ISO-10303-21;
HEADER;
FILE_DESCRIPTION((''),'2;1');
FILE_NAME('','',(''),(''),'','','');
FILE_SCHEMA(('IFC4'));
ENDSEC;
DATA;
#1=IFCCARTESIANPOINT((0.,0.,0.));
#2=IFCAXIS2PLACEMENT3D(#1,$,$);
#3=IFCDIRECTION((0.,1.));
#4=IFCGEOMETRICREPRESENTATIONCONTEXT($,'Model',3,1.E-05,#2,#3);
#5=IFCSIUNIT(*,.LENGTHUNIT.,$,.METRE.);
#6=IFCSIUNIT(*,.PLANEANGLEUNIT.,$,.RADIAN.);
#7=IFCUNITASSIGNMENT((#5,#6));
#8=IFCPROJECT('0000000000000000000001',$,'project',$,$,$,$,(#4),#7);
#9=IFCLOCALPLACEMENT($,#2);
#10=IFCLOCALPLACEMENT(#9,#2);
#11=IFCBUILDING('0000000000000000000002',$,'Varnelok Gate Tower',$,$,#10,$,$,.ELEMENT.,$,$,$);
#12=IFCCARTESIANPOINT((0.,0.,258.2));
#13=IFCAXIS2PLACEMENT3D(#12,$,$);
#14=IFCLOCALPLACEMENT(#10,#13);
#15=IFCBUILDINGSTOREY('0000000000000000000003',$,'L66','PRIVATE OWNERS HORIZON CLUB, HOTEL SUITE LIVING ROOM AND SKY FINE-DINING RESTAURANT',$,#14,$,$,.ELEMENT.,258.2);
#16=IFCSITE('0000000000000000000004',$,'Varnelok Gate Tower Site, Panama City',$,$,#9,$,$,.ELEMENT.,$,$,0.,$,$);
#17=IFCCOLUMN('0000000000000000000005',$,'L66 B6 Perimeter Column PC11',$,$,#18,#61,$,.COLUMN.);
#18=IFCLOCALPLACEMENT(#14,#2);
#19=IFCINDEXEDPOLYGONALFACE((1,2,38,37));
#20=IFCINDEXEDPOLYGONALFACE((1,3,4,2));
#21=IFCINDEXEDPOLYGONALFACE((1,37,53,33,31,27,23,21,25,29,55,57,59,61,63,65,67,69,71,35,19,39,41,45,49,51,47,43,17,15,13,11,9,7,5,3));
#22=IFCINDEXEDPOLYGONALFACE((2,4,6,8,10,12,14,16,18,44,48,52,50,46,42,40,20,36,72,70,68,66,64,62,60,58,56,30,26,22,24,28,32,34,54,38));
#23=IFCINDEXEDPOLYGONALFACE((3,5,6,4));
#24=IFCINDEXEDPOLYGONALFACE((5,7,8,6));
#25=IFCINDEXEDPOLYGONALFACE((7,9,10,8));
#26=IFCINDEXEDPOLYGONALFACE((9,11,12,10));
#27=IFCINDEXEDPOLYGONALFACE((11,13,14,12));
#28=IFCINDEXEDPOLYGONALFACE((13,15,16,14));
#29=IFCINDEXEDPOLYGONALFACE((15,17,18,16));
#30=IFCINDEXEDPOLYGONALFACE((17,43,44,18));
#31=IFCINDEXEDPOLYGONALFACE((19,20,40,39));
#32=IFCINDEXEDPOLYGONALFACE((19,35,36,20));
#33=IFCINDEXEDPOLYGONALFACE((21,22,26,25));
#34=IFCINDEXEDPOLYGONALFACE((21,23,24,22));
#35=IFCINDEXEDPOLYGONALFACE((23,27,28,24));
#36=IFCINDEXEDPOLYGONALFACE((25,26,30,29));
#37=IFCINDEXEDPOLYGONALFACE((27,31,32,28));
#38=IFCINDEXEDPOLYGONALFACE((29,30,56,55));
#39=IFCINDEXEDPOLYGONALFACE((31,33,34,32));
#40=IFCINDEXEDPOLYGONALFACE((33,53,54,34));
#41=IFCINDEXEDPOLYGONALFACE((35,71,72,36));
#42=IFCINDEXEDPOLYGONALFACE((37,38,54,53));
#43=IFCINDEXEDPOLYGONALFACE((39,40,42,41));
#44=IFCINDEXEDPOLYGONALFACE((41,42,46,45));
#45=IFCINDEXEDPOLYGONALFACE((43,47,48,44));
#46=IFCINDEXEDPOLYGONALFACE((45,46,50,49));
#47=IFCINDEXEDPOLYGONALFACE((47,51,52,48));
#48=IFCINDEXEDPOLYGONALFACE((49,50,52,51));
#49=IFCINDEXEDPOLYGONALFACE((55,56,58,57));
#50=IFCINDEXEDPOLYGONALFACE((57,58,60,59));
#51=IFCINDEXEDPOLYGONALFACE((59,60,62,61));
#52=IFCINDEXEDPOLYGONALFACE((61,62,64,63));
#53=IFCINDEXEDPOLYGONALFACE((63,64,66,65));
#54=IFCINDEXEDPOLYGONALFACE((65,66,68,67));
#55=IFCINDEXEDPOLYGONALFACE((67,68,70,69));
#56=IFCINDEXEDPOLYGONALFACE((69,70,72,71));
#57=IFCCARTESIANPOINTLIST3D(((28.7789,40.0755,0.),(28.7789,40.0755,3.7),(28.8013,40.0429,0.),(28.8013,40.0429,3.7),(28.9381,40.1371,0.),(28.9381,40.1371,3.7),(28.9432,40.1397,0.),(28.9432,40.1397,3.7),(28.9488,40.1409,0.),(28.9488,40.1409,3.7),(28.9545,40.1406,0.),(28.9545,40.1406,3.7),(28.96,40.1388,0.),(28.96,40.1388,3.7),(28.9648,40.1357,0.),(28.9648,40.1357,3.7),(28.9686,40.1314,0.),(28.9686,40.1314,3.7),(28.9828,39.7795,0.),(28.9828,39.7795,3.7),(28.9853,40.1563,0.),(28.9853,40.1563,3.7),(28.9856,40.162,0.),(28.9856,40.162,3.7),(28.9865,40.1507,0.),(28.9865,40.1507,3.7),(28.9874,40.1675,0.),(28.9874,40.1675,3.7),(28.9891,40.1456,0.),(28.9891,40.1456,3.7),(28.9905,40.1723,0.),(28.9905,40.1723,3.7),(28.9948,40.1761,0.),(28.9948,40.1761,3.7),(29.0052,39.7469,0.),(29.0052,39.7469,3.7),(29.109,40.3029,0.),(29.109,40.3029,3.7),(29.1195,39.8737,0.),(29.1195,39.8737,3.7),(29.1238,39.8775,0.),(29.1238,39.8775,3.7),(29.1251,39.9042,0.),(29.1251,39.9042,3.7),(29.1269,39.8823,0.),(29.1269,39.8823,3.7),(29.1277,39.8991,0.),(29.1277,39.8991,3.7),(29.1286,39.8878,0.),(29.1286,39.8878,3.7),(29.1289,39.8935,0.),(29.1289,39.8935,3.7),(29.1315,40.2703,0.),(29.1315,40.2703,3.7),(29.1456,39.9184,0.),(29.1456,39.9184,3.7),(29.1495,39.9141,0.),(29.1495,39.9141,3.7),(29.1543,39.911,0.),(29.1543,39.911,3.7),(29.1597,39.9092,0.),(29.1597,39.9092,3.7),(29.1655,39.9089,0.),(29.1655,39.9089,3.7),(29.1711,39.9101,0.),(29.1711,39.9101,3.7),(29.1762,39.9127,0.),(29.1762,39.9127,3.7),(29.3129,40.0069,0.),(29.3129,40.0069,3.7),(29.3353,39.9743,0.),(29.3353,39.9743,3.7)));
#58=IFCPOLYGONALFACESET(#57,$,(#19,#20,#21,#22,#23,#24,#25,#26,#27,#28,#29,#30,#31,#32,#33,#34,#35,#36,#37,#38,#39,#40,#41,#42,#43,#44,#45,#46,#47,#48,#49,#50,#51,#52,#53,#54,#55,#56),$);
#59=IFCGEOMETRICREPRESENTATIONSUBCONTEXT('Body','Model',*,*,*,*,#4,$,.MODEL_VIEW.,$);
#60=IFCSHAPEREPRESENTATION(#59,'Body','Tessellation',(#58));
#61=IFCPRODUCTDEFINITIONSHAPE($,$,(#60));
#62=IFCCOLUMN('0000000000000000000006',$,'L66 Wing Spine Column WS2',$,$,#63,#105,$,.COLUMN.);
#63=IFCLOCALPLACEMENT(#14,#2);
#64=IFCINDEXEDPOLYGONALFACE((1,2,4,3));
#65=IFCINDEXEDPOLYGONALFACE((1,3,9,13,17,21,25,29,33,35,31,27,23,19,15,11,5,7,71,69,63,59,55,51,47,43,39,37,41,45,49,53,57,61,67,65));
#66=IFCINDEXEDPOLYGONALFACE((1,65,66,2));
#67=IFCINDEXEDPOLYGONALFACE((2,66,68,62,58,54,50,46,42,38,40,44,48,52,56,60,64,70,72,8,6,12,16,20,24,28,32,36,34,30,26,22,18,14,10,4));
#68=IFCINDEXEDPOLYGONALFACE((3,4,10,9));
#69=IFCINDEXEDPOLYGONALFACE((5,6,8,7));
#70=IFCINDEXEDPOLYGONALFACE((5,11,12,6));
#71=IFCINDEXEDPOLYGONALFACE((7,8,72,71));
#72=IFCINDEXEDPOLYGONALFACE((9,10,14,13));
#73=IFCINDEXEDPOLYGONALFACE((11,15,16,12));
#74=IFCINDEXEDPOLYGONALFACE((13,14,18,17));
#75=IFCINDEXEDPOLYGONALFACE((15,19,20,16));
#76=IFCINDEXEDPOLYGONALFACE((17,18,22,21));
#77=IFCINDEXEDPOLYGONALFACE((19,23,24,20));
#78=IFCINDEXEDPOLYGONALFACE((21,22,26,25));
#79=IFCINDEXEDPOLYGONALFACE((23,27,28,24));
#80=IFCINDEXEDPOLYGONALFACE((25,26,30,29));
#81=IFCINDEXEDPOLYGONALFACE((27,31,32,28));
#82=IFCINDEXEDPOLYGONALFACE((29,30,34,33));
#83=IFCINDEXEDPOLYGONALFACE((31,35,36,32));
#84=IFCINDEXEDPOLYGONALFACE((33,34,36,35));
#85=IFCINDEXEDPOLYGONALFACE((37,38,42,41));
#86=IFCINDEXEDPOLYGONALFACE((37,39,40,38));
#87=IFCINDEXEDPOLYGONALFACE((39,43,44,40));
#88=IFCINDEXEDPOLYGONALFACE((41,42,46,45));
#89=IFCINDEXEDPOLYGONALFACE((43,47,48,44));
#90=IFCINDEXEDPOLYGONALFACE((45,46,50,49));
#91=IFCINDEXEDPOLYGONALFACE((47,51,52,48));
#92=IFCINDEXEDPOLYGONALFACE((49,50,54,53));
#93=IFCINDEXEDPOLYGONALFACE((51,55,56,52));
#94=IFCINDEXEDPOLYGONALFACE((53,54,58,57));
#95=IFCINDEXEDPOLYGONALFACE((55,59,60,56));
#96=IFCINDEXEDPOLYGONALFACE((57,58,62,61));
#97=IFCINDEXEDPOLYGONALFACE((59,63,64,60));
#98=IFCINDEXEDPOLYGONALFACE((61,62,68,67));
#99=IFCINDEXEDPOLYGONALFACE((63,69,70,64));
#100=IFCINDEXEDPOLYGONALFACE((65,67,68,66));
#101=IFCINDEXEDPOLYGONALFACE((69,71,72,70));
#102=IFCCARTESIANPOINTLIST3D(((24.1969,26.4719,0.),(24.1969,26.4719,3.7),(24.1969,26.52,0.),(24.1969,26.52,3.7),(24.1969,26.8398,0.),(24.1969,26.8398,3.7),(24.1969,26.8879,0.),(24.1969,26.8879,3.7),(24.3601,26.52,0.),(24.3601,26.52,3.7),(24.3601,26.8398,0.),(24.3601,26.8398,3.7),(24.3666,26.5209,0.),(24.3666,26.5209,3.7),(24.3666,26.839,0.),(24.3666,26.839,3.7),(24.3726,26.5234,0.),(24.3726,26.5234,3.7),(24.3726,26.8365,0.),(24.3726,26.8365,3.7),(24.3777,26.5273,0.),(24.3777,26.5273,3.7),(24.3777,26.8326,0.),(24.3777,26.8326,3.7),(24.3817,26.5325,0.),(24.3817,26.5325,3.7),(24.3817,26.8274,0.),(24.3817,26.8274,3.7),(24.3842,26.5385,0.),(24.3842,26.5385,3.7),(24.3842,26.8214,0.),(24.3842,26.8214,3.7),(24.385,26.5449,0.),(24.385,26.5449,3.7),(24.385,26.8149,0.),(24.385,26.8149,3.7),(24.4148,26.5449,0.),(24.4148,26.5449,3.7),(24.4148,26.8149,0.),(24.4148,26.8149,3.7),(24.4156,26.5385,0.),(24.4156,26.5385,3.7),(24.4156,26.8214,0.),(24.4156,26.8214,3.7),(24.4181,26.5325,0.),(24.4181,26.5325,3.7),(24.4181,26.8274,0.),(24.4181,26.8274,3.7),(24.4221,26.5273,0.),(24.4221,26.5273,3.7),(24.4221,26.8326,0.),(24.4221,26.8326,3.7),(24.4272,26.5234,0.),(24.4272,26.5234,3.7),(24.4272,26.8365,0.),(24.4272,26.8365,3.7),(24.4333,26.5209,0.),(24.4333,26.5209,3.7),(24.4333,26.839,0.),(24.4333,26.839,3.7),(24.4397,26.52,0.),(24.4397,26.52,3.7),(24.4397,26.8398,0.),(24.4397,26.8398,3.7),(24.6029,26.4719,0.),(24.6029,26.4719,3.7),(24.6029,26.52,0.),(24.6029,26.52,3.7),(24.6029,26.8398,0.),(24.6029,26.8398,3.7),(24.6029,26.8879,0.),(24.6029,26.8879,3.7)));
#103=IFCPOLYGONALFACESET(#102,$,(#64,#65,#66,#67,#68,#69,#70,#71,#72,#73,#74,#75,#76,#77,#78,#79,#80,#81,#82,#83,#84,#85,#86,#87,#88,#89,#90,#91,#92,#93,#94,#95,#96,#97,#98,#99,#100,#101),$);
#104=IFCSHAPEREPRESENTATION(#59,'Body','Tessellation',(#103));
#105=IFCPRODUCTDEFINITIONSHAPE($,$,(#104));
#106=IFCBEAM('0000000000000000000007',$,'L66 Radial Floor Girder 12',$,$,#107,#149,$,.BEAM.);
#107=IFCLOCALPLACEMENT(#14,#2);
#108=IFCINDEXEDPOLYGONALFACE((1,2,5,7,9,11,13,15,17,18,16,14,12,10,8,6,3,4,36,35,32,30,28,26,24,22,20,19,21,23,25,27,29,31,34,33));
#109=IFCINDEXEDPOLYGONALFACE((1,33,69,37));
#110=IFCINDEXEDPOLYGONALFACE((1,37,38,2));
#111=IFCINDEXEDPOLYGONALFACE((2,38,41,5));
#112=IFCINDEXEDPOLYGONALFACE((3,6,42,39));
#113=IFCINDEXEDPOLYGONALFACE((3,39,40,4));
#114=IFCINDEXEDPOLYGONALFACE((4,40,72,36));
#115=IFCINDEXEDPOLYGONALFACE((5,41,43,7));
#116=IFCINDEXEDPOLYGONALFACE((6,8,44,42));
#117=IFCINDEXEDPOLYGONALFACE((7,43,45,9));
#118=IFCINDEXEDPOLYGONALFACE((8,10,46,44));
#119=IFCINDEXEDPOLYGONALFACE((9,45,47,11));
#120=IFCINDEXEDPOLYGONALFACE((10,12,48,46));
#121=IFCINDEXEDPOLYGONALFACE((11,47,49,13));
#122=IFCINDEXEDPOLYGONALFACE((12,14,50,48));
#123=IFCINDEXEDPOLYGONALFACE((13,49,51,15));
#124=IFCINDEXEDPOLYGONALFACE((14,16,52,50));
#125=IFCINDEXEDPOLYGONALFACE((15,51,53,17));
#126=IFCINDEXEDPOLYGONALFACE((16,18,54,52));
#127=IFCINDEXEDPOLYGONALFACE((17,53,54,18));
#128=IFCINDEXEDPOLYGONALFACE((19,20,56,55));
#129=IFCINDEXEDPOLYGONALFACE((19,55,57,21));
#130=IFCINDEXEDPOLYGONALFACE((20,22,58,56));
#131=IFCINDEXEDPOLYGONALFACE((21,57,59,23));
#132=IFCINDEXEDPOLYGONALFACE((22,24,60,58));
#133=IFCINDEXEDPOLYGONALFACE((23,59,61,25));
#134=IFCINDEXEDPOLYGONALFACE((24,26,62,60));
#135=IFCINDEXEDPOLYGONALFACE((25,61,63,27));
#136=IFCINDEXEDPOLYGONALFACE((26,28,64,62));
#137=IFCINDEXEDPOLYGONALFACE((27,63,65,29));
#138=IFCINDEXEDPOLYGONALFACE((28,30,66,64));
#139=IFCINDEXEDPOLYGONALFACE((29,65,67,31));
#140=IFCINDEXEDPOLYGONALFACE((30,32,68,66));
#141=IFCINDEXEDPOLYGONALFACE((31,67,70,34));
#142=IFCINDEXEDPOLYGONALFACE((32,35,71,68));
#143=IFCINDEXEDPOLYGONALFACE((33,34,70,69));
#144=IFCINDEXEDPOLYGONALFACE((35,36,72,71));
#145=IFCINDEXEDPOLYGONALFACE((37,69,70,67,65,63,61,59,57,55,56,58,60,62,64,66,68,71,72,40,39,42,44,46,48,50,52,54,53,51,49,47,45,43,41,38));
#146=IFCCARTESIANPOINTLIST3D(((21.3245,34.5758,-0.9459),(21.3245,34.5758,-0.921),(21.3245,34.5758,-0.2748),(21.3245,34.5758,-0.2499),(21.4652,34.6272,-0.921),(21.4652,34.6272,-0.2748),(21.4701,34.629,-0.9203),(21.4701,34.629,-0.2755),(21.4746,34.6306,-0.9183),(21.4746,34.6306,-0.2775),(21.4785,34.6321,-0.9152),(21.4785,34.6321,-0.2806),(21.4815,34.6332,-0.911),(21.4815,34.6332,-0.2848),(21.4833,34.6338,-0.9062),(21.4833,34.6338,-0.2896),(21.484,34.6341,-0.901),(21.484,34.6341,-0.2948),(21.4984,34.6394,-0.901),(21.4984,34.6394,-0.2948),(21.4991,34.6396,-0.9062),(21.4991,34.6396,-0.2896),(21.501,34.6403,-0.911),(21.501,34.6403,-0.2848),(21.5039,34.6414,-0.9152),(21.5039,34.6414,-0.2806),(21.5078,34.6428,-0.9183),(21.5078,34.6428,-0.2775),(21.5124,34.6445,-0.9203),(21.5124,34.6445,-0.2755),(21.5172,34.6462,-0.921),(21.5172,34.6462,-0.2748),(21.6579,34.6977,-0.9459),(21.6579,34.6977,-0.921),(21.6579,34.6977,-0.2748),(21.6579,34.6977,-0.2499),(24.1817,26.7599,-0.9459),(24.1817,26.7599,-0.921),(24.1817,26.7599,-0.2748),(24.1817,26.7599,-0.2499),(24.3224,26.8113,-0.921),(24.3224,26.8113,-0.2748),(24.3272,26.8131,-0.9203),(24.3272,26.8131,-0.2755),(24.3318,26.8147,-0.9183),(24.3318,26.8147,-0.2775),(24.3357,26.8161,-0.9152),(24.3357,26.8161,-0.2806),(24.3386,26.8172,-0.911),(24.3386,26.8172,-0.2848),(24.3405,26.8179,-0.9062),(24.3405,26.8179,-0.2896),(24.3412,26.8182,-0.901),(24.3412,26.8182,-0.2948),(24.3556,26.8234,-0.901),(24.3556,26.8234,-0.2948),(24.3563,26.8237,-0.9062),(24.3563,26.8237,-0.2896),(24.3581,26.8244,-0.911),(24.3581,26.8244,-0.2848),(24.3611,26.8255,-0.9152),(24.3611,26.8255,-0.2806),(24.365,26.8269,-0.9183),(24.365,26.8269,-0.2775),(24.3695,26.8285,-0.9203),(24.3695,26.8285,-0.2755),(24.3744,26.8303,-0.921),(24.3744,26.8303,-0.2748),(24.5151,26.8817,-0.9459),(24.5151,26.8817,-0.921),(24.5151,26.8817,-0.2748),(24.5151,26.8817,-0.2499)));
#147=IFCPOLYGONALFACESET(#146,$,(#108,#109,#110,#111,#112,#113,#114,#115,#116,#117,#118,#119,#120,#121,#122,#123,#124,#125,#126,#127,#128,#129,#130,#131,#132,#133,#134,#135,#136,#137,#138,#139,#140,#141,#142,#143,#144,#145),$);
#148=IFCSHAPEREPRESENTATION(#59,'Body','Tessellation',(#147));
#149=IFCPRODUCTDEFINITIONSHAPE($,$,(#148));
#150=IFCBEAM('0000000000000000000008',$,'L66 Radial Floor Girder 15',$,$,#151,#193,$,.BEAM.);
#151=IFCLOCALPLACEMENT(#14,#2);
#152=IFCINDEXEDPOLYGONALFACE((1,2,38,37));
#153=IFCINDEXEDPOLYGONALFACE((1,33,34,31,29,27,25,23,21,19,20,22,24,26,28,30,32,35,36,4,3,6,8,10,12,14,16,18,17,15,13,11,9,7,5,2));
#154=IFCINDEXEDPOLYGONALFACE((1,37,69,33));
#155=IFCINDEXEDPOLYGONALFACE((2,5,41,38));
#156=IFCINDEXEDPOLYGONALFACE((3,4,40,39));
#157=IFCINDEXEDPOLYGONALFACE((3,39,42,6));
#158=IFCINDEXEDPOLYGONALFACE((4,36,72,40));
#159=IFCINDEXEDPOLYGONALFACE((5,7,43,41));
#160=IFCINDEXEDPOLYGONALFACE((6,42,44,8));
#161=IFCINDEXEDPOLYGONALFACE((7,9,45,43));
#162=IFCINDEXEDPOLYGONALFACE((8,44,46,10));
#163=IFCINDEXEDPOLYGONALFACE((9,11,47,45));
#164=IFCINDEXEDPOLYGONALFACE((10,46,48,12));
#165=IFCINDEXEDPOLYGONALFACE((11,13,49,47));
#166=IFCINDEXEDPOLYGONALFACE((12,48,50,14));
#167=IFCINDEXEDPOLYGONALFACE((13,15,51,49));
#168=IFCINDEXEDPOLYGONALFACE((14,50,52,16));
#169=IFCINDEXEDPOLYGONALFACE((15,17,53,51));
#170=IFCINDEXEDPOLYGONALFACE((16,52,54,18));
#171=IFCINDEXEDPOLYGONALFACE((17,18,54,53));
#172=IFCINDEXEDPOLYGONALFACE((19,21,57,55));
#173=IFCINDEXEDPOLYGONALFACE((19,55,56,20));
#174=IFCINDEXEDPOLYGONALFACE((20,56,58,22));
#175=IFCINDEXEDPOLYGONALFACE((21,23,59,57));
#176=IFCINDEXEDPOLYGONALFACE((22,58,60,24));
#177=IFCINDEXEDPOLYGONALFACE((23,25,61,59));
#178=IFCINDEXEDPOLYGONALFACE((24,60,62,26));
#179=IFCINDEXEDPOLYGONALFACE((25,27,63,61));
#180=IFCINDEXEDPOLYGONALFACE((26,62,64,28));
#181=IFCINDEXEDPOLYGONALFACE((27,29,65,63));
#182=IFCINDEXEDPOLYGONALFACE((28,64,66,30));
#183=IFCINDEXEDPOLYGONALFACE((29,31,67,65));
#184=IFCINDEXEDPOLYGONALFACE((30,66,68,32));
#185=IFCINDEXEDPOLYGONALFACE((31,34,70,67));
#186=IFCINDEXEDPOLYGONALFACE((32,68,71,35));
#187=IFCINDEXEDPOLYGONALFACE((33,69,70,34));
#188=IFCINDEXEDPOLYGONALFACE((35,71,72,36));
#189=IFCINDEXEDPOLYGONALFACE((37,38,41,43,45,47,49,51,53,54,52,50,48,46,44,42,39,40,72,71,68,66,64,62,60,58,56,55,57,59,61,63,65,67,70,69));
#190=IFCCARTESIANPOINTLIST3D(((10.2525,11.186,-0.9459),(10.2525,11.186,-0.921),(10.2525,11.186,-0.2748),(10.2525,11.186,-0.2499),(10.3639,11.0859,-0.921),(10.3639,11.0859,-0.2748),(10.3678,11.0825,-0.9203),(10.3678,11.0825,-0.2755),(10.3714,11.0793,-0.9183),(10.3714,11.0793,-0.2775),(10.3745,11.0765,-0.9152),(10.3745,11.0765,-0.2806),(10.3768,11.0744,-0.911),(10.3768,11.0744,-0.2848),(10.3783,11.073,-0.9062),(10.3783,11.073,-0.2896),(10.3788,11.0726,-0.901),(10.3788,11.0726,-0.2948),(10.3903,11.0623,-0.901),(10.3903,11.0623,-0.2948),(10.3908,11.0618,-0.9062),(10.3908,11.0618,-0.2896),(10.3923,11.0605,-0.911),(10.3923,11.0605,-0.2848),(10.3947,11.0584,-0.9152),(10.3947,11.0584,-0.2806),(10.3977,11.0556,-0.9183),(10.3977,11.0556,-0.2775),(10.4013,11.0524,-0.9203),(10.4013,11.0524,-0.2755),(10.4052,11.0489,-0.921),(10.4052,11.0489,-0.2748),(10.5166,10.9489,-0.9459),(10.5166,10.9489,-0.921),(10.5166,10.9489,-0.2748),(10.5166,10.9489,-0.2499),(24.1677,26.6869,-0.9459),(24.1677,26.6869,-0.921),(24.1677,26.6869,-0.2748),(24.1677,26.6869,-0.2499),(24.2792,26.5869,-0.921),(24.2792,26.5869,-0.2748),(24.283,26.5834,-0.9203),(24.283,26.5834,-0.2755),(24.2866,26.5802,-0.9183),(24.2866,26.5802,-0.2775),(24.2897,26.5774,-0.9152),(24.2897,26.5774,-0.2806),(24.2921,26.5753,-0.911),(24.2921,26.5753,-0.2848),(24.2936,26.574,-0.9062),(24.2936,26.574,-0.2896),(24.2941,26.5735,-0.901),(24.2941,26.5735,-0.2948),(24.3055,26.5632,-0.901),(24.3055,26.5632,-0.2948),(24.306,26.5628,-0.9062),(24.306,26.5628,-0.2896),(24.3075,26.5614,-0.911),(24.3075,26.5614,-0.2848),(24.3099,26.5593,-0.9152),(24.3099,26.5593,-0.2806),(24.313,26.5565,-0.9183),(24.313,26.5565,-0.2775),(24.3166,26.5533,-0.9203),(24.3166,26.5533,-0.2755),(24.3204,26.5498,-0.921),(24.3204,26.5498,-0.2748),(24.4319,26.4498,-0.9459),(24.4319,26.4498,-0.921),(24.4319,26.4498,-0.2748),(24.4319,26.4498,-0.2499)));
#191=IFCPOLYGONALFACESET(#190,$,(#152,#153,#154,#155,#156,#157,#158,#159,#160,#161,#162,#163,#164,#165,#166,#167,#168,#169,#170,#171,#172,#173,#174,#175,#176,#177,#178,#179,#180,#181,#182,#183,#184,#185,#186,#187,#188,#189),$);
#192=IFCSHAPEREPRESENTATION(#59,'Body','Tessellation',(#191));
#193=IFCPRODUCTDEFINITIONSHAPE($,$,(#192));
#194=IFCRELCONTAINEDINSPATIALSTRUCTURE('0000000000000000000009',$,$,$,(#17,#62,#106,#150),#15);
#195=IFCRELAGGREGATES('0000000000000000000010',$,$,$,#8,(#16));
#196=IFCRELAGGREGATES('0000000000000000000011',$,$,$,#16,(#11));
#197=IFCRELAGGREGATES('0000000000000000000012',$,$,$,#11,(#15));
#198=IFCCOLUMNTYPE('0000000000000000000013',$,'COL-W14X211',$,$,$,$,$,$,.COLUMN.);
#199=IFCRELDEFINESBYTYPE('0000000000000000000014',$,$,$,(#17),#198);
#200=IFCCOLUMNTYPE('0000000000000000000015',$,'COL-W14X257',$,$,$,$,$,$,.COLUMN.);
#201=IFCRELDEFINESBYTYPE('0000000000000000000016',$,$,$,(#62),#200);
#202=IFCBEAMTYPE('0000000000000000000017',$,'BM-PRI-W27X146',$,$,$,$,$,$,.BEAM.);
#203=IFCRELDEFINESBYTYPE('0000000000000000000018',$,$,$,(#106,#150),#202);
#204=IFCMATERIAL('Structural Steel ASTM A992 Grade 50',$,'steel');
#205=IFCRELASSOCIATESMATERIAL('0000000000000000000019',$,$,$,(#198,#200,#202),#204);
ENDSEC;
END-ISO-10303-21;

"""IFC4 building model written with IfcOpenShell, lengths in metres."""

from ifc_helpers import new_model, si_unit, direction, frame, origin, origin_2d, place, context, subcontext, project, spatial, i_section, extrude, material, material_profile, profile_set, type_object, element, save


model = new_model("IFC4")

# Units and contexts
model_context = context("Model", 3, precision=1e-05, world=origin(), true_north=direction((0.0, 1.0)))
body_context = subcontext(model_context, "Body", "Model", "MODEL_VIEW")
ifc_project = project(units=[si_unit("LENGTHUNIT", "METRE"), si_unit("PLANEANGLEUNIT", "RADIAN")], contexts=[model_context])

# Site, building, storey
site_placement = place(None, origin())
site = spatial("IfcSite", under=ifc_project, at=site_placement, Name="Varnelok Gate Tower Site, Panama City", CompositionType="ELEMENT", RefElevation=0.0)
building_placement = place(site_placement, origin())
building = spatial("IfcBuilding", under=site, at=building_placement, Name="Varnelok Gate Tower", CompositionType="ELEMENT")
storey_placement = place(building_placement, frame((0.0, 0.0, 258.2)))
storey = spatial("IfcBuildingStorey", under=building, at=storey_placement, Name="L66", Description="PRIVATE OWNERS HORIZON CLUB, HOTEL SUITE LIVING ROOM AND SKY FINE-DINING RESTAURANT", CompositionType="ELEMENT", Elevation=258.2)

# Columns
ifc_material_1 = material(Name="Structural Steel ASTM A992 Grade 50", Category="steel")
ifc_material_profile_1 = material_profile(ifc_material_1, i_section(OverallWidth=0.4009, OverallDepth=0.3989, WebThickness=0.0249, FlangeThickness=0.0396, FilletRadius=0.022, at=origin_2d()), Name="W14X211")
ifc_profile_set_1 = profile_set([ifc_material_profile_1], Name="Structural Steel ASTM A992 Grade 50")
column_type_1 = type_object("IfcColumnType", Name="COL-W14X211", PredefinedType="COLUMN", material=ifc_profile_set_1)
column_1_placement = place(storey_placement, frame((29.0571, 40.0249, 0.0), z_axis=(0.0, 0.0, 1.0), x_axis=(0.823533, 0.567269, 0.0)))
element("IfcColumn", 1, at=column_1_placement, inside=storey, type_object=column_type_1, Name="L66 B6 Perimeter Column PC11", PredefinedType="COLUMN", context=body_context, shape_type="SweptSolid", body=[
    extrude(i_section(OverallWidth=0.4009, OverallDepth=0.3989, WebThickness=0.0249, FlangeThickness=0.0396, FilletRadius=0.022, at=origin_2d()), origin(), (0.0, 0.0, 1.0), 3.7),
])
ifc_material_profile_2 = material_profile(ifc_material_1, i_section(OverallWidth=0.406, OverallDepth=0.416, WebThickness=0.0298, FlangeThickness=0.0481, FilletRadius=0.0249, at=origin_2d()), Name="W14X257")
ifc_profile_set_2 = profile_set([ifc_material_profile_2], Name="Structural Steel ASTM A992 Grade 50")
column_type_2 = type_object("IfcColumnType", Name="COL-W14X257", PredefinedType="COLUMN", material=ifc_profile_set_2)
column_2_placement = place(storey_placement, frame((24.3999, 26.6799, 0.0), z_axis=(0.0, 0.0, 1.0), x_axis=(1.0, 0.0, 0.0)))
element("IfcColumn", 2, at=column_2_placement, inside=storey, type_object=column_type_2, Name="L66 Wing Spine Column WS2", PredefinedType="COLUMN", context=body_context, shape_type="SweptSolid", body=[
    extrude(i_section(OverallWidth=0.406, OverallDepth=0.416, WebThickness=0.0298, FlangeThickness=0.0481, FilletRadius=0.0249, at=origin_2d()), origin(), (0.0, 0.0, 1.0), 3.7),
])

# Beams
ifc_material_profile_3 = material_profile(ifc_material_1, i_section(OverallWidth=0.355, OverallDepth=0.696, WebThickness=0.0154, FlangeThickness=0.0249, FilletRadius=0.02, at=origin_2d()), Name="W27X146")
ifc_profile_set_3 = profile_set([ifc_material_profile_3], Name="Structural Steel ASTM A992 Grade 50")
beam_type_1 = type_object("IfcBeamType", Name="BM-PRI-W27X146", PredefinedType="BEAM", material=ifc_profile_set_3)
beam_1_placement = place(storey_placement, frame((24.3484, 26.8208, -0.5979), z_axis=(-0.343337, 0.939212, 0.0), x_axis=(-0.939212, -0.343337, 0.0)))
element("IfcBeam", 3, at=beam_1_placement, inside=storey, type_object=beam_type_1, Name="L66 Radial Floor Girder 12", PredefinedType="BEAM", context=body_context, shape_type="SweptSolid", body=[
    extrude(i_section(OverallWidth=0.355, OverallDepth=0.696, WebThickness=0.0154, FlangeThickness=0.0249, FilletRadius=0.02, at=origin_2d()), origin(), (0.0, 0.0, 1.0), 8.3218),
])
beam_2_placement = place(storey_placement, frame((24.2998, 26.5684, -0.5979), z_axis=(-0.66802, -0.744143, 0.0), x_axis=(0.744143, -0.66802, 0.0)))
element("IfcBeam", 4, at=beam_2_placement, inside=storey, type_object=beam_type_1, Name="L66 Radial Floor Girder 15", PredefinedType="BEAM", context=body_context, shape_type="SweptSolid", body=[
    extrude(i_section(OverallWidth=0.355, OverallDepth=0.696, WebThickness=0.0154, FlangeThickness=0.0249, FilletRadius=0.02, at=origin_2d()), origin(), (0.0, 0.0, 1.0), 20.8306),
])

save(model, "model.ifc")
